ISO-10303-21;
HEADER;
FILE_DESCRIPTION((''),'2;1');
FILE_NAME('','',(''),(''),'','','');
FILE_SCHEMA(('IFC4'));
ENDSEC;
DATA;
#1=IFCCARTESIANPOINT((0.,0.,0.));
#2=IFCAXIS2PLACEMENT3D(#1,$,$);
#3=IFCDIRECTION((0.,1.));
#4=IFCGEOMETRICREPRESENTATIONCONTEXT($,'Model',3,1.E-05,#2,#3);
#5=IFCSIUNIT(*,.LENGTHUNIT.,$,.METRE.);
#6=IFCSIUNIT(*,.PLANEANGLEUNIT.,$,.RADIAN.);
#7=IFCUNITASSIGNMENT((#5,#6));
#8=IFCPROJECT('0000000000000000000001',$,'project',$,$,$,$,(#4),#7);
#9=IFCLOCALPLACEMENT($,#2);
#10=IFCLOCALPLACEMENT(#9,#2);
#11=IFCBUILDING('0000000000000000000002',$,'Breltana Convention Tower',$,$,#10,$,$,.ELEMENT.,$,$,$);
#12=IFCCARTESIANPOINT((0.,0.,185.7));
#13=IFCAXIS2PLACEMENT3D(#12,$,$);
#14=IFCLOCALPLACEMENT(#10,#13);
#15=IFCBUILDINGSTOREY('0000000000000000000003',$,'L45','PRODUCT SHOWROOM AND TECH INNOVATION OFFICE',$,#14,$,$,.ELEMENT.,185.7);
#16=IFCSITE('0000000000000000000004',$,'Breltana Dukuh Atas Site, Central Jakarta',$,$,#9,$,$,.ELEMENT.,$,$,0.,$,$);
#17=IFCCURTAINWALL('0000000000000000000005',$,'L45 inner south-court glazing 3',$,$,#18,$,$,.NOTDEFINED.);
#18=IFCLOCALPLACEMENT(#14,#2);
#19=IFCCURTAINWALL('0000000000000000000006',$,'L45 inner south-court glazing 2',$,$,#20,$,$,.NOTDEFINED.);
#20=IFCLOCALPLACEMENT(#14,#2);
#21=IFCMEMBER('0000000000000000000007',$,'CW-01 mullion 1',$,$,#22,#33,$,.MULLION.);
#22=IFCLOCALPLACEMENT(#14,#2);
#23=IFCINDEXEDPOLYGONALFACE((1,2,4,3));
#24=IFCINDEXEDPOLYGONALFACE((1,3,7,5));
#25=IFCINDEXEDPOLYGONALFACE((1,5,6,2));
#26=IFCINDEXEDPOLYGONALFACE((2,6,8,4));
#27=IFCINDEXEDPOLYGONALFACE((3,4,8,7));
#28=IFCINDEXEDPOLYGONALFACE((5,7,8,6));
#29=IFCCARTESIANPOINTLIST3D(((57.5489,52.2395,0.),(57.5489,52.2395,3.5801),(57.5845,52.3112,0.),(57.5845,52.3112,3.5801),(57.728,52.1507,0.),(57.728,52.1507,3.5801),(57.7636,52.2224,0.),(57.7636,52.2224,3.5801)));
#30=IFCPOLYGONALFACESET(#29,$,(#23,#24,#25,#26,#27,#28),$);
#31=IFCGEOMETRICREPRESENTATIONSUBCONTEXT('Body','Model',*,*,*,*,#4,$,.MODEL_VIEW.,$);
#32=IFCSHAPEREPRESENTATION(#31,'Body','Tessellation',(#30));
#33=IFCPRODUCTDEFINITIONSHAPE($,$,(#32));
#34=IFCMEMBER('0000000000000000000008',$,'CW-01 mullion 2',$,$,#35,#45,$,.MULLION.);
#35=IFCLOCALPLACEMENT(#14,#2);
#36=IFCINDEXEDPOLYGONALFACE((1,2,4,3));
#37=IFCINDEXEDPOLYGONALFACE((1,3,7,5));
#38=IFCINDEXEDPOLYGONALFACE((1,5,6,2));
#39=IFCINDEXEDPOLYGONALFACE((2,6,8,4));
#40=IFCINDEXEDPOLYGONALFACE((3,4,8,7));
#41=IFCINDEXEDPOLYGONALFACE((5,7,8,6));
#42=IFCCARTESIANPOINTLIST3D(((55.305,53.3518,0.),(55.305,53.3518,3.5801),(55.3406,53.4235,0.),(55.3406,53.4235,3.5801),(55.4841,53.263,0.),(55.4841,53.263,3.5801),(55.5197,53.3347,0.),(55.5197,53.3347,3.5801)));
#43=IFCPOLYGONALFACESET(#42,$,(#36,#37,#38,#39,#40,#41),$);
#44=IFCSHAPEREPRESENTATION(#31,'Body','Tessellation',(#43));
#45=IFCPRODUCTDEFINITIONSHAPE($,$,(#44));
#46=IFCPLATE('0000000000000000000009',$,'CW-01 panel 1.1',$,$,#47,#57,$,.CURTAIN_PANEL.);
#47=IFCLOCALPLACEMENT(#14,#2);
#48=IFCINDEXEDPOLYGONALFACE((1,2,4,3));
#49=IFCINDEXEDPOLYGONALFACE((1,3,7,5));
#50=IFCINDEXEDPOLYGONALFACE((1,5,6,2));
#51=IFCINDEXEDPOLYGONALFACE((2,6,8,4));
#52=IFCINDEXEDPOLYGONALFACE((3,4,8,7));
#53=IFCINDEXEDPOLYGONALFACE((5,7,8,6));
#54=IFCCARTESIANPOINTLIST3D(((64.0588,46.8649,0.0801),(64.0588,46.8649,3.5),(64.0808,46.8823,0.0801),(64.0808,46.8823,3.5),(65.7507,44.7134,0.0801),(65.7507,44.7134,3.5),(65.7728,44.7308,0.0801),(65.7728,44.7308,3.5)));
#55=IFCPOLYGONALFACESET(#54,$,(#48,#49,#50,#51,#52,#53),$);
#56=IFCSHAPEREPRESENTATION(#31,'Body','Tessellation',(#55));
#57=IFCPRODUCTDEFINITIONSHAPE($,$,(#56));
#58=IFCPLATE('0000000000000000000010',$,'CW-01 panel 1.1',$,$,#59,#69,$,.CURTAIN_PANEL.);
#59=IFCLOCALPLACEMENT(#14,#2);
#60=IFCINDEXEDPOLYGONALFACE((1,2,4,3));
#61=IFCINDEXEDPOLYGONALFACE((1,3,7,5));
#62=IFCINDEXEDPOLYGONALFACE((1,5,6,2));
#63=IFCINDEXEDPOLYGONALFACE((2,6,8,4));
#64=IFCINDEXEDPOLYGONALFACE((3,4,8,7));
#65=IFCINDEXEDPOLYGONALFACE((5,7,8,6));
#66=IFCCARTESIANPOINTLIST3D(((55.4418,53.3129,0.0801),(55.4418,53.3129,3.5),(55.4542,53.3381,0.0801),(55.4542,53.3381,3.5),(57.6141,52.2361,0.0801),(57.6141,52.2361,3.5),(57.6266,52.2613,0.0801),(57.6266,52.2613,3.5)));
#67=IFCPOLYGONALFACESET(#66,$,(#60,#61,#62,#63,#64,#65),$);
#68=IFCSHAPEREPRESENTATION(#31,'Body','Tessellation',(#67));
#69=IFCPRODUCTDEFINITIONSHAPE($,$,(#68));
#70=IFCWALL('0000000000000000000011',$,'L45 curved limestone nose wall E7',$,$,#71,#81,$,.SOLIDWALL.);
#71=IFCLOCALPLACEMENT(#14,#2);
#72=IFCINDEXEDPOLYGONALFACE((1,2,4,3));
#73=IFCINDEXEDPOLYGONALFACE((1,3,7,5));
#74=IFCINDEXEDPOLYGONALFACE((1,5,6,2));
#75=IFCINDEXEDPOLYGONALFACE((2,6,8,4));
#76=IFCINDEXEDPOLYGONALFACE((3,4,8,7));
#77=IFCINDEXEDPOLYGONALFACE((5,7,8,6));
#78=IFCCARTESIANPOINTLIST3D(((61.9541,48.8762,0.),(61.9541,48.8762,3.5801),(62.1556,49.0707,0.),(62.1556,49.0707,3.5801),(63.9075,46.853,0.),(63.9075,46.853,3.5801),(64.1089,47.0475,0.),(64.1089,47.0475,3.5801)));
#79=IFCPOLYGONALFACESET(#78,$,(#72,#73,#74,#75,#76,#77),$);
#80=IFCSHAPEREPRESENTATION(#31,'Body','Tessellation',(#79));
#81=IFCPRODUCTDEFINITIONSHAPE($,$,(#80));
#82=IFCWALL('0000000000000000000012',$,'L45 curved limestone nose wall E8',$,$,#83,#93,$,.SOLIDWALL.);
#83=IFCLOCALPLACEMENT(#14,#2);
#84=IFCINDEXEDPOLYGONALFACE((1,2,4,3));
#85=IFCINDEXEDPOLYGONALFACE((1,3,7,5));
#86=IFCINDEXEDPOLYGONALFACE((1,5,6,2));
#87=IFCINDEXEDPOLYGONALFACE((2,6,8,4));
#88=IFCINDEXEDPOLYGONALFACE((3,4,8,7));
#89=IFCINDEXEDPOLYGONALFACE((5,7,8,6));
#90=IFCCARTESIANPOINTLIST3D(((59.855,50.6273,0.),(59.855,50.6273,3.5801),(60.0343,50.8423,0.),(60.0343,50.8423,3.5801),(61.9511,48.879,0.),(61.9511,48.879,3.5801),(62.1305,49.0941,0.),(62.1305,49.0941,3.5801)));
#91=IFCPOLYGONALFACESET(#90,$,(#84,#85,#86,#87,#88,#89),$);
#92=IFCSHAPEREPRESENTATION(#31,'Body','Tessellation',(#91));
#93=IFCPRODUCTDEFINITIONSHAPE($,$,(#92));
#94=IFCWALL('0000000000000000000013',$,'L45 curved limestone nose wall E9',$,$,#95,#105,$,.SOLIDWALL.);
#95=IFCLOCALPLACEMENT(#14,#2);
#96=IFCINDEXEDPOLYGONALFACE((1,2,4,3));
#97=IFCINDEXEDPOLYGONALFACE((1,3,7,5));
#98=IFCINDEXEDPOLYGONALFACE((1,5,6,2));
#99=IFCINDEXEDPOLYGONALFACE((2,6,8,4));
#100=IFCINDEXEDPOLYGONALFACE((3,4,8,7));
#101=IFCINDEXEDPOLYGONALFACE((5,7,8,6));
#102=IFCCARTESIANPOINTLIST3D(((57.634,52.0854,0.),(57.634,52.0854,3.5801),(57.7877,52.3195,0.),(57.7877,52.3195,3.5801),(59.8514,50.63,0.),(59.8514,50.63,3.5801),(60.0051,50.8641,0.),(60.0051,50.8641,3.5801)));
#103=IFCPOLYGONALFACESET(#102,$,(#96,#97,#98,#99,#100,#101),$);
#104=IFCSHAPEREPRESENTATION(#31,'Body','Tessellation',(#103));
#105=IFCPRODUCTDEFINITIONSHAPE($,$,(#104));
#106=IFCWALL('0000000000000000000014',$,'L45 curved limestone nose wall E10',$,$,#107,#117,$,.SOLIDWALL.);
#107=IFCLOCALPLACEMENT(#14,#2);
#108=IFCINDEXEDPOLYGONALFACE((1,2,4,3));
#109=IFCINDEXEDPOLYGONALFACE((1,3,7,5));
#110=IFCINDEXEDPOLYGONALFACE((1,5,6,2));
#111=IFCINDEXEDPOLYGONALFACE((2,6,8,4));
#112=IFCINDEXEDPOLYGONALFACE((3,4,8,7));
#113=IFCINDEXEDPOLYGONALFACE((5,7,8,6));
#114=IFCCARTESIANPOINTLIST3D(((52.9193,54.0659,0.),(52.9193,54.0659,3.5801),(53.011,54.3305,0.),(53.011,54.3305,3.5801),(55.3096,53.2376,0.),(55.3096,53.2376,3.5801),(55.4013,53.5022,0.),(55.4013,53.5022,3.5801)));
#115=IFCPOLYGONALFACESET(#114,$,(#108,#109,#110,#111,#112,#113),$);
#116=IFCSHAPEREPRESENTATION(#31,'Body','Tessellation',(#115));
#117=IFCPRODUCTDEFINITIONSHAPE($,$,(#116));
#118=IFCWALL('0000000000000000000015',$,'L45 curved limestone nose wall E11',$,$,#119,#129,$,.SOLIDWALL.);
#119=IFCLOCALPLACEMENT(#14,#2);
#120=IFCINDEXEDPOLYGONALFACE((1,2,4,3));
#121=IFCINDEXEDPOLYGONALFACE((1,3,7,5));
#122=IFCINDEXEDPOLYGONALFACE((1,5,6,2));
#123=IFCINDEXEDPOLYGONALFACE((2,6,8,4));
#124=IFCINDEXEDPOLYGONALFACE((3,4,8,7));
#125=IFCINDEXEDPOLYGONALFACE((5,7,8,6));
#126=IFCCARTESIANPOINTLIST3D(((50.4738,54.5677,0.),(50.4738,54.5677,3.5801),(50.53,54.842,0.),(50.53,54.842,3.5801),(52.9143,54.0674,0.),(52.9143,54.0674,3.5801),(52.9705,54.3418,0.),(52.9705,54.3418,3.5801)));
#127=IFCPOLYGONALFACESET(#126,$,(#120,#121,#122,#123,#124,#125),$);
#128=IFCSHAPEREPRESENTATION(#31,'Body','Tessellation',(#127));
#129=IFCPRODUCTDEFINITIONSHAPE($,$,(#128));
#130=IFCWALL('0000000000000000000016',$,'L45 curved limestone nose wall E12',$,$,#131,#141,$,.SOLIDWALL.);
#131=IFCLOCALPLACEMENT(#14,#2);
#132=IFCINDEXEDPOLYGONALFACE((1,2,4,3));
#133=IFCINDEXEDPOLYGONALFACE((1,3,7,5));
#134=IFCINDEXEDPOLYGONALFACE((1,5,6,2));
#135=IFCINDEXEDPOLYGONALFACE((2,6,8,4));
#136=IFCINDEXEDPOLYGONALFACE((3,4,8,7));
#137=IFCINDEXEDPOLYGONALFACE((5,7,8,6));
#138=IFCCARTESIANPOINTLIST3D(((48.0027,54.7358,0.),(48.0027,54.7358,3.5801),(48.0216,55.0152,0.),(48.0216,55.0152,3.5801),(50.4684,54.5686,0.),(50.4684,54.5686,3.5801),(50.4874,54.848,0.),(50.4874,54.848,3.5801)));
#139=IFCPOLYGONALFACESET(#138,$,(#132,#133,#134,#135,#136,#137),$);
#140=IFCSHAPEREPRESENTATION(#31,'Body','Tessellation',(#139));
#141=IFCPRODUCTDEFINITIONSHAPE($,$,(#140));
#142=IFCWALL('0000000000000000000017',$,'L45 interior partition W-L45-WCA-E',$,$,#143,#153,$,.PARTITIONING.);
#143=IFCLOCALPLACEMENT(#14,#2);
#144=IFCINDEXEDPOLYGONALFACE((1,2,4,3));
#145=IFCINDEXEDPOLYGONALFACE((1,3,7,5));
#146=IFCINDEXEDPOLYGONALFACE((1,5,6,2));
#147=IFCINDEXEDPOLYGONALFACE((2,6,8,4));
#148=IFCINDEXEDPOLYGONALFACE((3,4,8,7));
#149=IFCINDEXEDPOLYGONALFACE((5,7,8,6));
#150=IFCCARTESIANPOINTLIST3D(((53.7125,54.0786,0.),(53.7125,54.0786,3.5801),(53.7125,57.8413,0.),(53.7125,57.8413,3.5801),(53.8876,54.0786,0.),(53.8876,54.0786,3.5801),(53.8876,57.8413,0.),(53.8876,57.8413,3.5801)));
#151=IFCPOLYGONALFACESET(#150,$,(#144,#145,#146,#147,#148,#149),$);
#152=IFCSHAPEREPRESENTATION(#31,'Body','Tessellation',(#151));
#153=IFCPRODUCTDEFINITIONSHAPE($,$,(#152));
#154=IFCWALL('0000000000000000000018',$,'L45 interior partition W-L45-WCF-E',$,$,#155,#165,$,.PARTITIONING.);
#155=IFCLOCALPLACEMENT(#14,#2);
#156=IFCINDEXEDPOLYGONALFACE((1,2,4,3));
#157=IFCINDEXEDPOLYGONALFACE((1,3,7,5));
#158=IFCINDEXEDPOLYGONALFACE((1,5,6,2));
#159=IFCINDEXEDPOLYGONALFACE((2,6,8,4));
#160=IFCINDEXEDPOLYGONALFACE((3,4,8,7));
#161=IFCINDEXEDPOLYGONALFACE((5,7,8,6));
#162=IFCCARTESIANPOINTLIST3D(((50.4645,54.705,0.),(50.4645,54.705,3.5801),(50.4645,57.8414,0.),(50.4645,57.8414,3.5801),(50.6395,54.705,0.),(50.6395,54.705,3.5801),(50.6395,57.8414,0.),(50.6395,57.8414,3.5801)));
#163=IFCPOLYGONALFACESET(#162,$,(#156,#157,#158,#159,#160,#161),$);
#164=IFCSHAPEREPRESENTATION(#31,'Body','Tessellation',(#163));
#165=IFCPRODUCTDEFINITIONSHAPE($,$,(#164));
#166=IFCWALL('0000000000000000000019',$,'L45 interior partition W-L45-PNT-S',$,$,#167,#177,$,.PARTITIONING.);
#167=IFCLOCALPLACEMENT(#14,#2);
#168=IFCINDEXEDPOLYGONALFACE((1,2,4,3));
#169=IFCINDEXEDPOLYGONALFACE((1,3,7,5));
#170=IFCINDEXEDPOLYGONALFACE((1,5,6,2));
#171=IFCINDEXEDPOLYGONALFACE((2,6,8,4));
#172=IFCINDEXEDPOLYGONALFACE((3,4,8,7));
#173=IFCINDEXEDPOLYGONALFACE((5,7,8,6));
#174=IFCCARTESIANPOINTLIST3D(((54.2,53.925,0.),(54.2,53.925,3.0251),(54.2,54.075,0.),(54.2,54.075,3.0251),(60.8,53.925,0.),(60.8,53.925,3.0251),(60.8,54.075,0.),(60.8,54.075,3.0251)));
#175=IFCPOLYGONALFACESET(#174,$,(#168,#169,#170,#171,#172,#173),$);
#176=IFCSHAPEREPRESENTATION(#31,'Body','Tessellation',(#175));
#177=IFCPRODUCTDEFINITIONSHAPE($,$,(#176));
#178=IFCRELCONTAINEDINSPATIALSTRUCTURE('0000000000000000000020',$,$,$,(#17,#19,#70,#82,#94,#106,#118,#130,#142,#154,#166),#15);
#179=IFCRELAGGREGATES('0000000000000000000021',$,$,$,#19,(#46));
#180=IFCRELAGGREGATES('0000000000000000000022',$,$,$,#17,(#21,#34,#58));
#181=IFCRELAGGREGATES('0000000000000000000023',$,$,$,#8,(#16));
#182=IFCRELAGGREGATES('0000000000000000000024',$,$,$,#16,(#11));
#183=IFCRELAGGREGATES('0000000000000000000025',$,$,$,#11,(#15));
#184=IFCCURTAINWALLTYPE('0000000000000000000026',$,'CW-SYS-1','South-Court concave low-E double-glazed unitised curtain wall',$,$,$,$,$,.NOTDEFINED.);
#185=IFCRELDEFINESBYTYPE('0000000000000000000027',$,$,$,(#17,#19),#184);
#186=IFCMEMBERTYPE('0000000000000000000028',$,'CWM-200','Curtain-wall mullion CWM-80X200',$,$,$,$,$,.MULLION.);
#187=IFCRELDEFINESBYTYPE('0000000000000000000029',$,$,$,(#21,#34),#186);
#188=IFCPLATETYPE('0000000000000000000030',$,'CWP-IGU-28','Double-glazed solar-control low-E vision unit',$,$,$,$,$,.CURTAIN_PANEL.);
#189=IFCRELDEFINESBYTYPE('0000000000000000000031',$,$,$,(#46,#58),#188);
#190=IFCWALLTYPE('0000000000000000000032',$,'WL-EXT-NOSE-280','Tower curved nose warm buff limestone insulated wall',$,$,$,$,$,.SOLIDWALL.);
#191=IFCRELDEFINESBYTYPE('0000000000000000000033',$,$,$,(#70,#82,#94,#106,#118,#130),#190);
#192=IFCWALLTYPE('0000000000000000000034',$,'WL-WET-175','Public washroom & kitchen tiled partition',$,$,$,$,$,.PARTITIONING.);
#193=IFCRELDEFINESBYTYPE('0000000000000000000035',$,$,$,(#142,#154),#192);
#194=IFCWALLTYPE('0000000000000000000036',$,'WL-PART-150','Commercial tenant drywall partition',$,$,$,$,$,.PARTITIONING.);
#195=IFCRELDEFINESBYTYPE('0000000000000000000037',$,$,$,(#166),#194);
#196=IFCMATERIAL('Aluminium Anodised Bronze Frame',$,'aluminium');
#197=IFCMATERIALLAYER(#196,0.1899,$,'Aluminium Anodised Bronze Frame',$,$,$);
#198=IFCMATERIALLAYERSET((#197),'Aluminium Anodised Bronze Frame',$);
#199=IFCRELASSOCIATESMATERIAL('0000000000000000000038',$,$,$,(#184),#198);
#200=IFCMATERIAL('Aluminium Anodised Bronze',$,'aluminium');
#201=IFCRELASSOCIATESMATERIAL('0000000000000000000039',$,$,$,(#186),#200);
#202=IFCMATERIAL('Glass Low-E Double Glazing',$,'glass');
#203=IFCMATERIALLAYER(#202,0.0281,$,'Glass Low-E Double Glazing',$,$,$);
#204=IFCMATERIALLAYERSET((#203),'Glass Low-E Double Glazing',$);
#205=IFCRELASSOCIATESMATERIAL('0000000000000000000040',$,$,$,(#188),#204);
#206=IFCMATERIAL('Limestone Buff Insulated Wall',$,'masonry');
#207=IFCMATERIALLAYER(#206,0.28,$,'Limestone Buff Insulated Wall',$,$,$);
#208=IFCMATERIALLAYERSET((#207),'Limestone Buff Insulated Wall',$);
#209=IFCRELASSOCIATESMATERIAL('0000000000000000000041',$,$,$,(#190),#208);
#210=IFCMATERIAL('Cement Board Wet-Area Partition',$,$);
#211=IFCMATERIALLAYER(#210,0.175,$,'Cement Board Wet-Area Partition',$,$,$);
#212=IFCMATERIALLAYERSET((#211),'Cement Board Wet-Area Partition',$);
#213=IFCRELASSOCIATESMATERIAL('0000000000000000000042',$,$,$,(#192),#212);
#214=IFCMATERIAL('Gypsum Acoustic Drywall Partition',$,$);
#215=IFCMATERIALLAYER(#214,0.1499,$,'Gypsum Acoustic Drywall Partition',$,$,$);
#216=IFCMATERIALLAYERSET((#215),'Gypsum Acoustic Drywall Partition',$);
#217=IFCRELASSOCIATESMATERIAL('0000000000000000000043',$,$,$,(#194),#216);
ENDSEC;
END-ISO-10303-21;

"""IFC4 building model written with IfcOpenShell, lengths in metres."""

from ifc_helpers import new_model, si_unit, direction, frame, frame_2d, origin, origin_2d, place, context, subcontext, project, spatial, rectangle, extrude, source, transform, mapped, material, layer, layer_set, material_profile, profile_set, type_object, element, aggregate, save


model = new_model("IFC4")

# Units and contexts
model_context = context("Model", 3, precision=1e-05, world=origin(), true_north=direction((0.0, 1.0)))
body_context = subcontext(model_context, "Body", "Model", "MODEL_VIEW")
ifc_project = project(units=[si_unit("LENGTHUNIT", "METRE"), si_unit("PLANEANGLEUNIT", "RADIAN")], contexts=[model_context])

# Site, building, storey
site_placement = place(None, origin())
site = spatial("IfcSite", under=ifc_project, at=site_placement, Name="Breltana Dukuh Atas Site, Central Jakarta", CompositionType="ELEMENT", RefElevation=0.0)
building_placement = place(site_placement, origin())
building = spatial("IfcBuilding", under=site, at=building_placement, Name="Breltana Convention Tower", CompositionType="ELEMENT")
storey_placement = place(building_placement, frame((0.0, 0.0, 185.7)))
storey = spatial("IfcBuildingStorey", under=building, at=storey_placement, Name="L45", Description="PRODUCT SHOWROOM AND TECH INNOVATION OFFICE", CompositionType="ELEMENT", Elevation=185.7)

# Curtain wall
ifc_material_1 = material(Name="Aluminium Anodised Bronze Frame", Category="aluminium")
ifc_layer_1 = layer(ifc_material_1, 0.1899, Name="Aluminium Anodised Bronze Frame")
ifc_layer_set_1 = layer_set([ifc_layer_1], Name="Aluminium Anodised Bronze Frame")
curtain_wall_type = type_object("IfcCurtainWallType", Name="CW-SYS-1", Description="South-Court concave low-E double-glazed unitised curtain wall", PredefinedType="NOTDEFINED", material=ifc_layer_set_1)
curtain_wall_1_placement = place(storey_placement, origin())
curtain_wall_1 = element("IfcCurtainWall", 1, at=curtain_wall_1_placement, inside=storey, type_object=curtain_wall_type, Name="L45 inner south-court glazing 3", PredefinedType="NOTDEFINED")
ifc_material_2 = material(Name="Aluminium Anodised Bronze", Category="aluminium")

# Curtain wall
curtain_wall_2_placement = place(storey_placement, origin())
curtain_wall_2 = element("IfcCurtainWall", 2, at=curtain_wall_2_placement, inside=storey, type_object=curtain_wall_type, Name="L45 inner south-court glazing 2", PredefinedType="NOTDEFINED")
ifc_material_profile_1 = material_profile(ifc_material_2, rectangle(XDim=0.0801, YDim=0.2, at=origin_2d()), Name="CWM-80X200")
ifc_profile_set_1 = profile_set([ifc_material_profile_1], Name="Aluminium Anodised Bronze")
member_type_1 = type_object("IfcMemberType", Name="CWM-200", Description="Curtain-wall mullion CWM-80X200", PredefinedType="MULLION", material=ifc_profile_set_1)
shared_shape_1 = source(origin(), body_context, "Body", "SweptSolid", [
    extrude(rectangle(XDim=0.0801, YDim=0.2, at=origin_2d()), origin(), (0.0, 0.0, 1.0), 3.5801),
])

# Members
member_1_placement = place(storey_placement, frame((57.6562, 52.231, 0.0), z_axis=(0.0, 0.0, 1.0), x_axis=(-0.444115, -0.89597, 0.0)))
member_1 = element("IfcMember", 3, at=member_1_placement, type_object=member_type_1, Name="CW-01 mullion 1", PredefinedType="MULLION", context=body_context, shape_type="MappedRepresentation", body=[
    mapped(shared_shape_1, transform((0.0, 0.0, 0.0), scale=1.0)),
])
member_2_placement = place(storey_placement, frame((55.4124, 53.3433, 0.0), z_axis=(0.0, 0.0, 1.0), x_axis=(-0.444115, -0.89597, 0.0)))
member_2 = element("IfcMember", 4, at=member_2_placement, type_object=member_type_1, Name="CW-01 mullion 2", PredefinedType="MULLION", context=body_context, shape_type="MappedRepresentation", body=[
    mapped(shared_shape_1, transform((0.0, 0.0, 0.0), scale=1.0)),
])

# Plates
ifc_material_3 = material(Name="Glass Low-E Double Glazing", Category="glass")
ifc_layer_2 = layer(ifc_material_3, 0.0281, Name="Glass Low-E Double Glazing")
ifc_layer_set_2 = layer_set([ifc_layer_2], Name="Glass Low-E Double Glazing")
plate_type = type_object("IfcPlateType", Name="CWP-IGU-28", Description="Double-glazed solar-control low-E vision unit", PredefinedType="CURTAIN_PANEL", material=ifc_layer_set_2)
shared_shape_2 = source(origin(), body_context, "Body", "SweptSolid", [
    extrude(rectangle(XDim=2.7371, YDim=0.0281, at=origin_2d()), origin(), (0.0, 0.0, 1.0), 3.4199),
])
plate_1_placement = place(storey_placement, frame((64.9158, 45.7979, 0.0801), z_axis=(0.0, 0.0, 1.0), x_axis=(-0.618161, 0.786051, 0.0)))
plate_1 = element("IfcPlate", 5, at=plate_1_placement, type_object=plate_type, Name="CW-01 panel 1.1", PredefinedType="CURTAIN_PANEL", context=body_context, shape_type="MappedRepresentation", body=[
    mapped(shared_shape_2, transform((0.0, 0.0, 0.0), scale=1.0)),
])
aggregate(curtain_wall_2, [plate_1])
shared_shape_3 = source(origin(), body_context, "Body", "SweptSolid", [
    extrude(rectangle(XDim=2.4246, YDim=0.0281, at=origin_2d()), origin(), (0.0, 0.0, 1.0), 3.4199),
])
plate_2_placement = place(storey_placement, frame((56.5342, 52.7871, 0.0801), z_axis=(0.0, 0.0, 1.0), x_axis=(-0.89597, 0.444115, 0.0)))
plate_2 = element("IfcPlate", 6, at=plate_2_placement, type_object=plate_type, Name="CW-01 panel 1.1", PredefinedType="CURTAIN_PANEL", context=body_context, shape_type="MappedRepresentation", body=[
    mapped(shared_shape_3, transform((0.0, 0.0, 0.0), scale=1.0)),
])
aggregate(curtain_wall_1, [member_1, member_2, plate_2])

# Walls
ifc_material_4 = material(Name="Limestone Buff Insulated Wall", Category="masonry")
ifc_layer_3 = layer(ifc_material_4, 0.28, Name="Limestone Buff Insulated Wall")
ifc_layer_set_3 = layer_set([ifc_layer_3], Name="Limestone Buff Insulated Wall")
wall_type_1 = type_object("IfcWallType", Name="WL-EXT-NOSE-280", Description="Tower curved nose warm buff limestone insulated wall", PredefinedType="SOLIDWALL", material=ifc_layer_set_3)
shared_shape_4 = source(origin(), body_context, "Body", "SweptSolid", [
    extrude(rectangle(XDim=2.8123, YDim=0.28, at=frame_2d((1.4062, 0.0))), origin(), (0.0, 0.0, 1.0), 3.5801),
])
wall_1_placement = place(storey_placement, frame((64.0083, 46.9502, 0.0), z_axis=(0.0, 0.0, 1.0), x_axis=(-0.694584, 0.719412, 0.0)))
element("IfcWall", 7, at=wall_1_placement, inside=storey, type_object=wall_type_1, Name="L45 curved limestone nose wall E7", PredefinedType="SOLIDWALL", context=body_context, shape_type="MappedRepresentation", body=[
    mapped(shared_shape_4, transform((0.0, 0.0, 0.0), scale=1.0)),
])
shared_shape_5 = source(origin(), body_context, "Body", "SweptSolid", [
    extrude(rectangle(XDim=2.7295, YDim=0.28, at=frame_2d((1.3647, 0.0))), origin(), (0.0, 0.0, 1.0), 3.5801),
])
wall_2_placement = place(storey_placement, frame((62.0408, 48.9866, 0.0), z_axis=(0.0, 0.0, 1.0), x_axis=(-0.767957, 0.640501, 0.0)))
element("IfcWall", 8, at=wall_2_placement, inside=storey, type_object=wall_type_1, Name="L45 curved limestone nose wall E8", PredefinedType="SOLIDWALL", context=body_context, shape_type="MappedRepresentation", body=[
    mapped(shared_shape_5, transform((0.0, 0.0, 0.0), scale=1.0)),
])
shared_shape_6 = source(origin(), body_context, "Body", "SweptSolid", [
    extrude(rectangle(XDim=2.6523, YDim=0.28, at=frame_2d((1.3262, 0.0))), origin(), (0.0, 0.0, 1.0), 3.5801),
])
wall_3_placement = place(storey_placement, frame((59.9282, 50.7471, 0.0), z_axis=(0.0, 0.0, 1.0), x_axis=(-0.836008, 0.548717, 0.0)))
element("IfcWall", 9, at=wall_3_placement, inside=storey, type_object=wall_type_1, Name="L45 curved limestone nose wall E9", PredefinedType="SOLIDWALL", context=body_context, shape_type="MappedRepresentation", body=[
    mapped(shared_shape_6, transform((0.0, 0.0, 0.0), scale=1.0)),
])
shared_shape_7 = source(origin(), body_context, "Body", "SweptSolid", [
    extrude(rectangle(XDim=2.5298, YDim=0.28, at=frame_2d((1.2649, 0.0))), origin(), (0.0, 0.0, 1.0), 3.5801),
])
wall_4_placement = place(storey_placement, frame((55.3555, 53.3699, 0.0), z_axis=(0.0, 0.0, 1.0), x_axis=(-0.944872, 0.327439, 0.0)))
element("IfcWall", 10, at=wall_4_placement, inside=storey, type_object=wall_type_1, Name="L45 curved limestone nose wall E10", PredefinedType="SOLIDWALL", context=body_context, shape_type="MappedRepresentation", body=[
    mapped(shared_shape_7, transform((0.0, 0.0, 0.0), scale=1.0)),
])
shared_shape_8 = source(origin(), body_context, "Body", "SweptSolid", [
    extrude(rectangle(XDim=2.4912, YDim=0.28, at=frame_2d((1.2456, 0.0))), origin(), (0.0, 0.0, 1.0), 3.5801),
])
wall_5_placement = place(storey_placement, frame((52.9424, 54.2046, 0.0), z_axis=(0.0, 0.0, 1.0), x_axis=(-0.979631, 0.200807, 0.0)))
element("IfcWall", 11, at=wall_5_placement, inside=storey, type_object=wall_type_1, Name="L45 curved limestone nose wall E11", PredefinedType="SOLIDWALL", context=body_context, shape_type="MappedRepresentation", body=[
    mapped(shared_shape_8, transform((0.0, 0.0, 0.0), scale=1.0)),
])
shared_shape_9 = source(origin(), body_context, "Body", "SweptSolid", [
    extrude(rectangle(XDim=2.4714, YDim=0.28, at=frame_2d((1.2358, 0.0))), origin(), (0.0, 0.0, 1.0), 3.5801),
])
wall_6_placement = place(storey_placement, frame((50.478, 54.7083, 0.0), z_axis=(0.0, 0.0, 1.0), x_axis=(-0.997708, 0.067666, 0.0)))
element("IfcWall", 12, at=wall_6_placement, inside=storey, type_object=wall_type_1, Name="L45 curved limestone nose wall E12", PredefinedType="SOLIDWALL", context=body_context, shape_type="MappedRepresentation", body=[
    mapped(shared_shape_9, transform((0.0, 0.0, 0.0), scale=1.0)),
])
ifc_material_5 = material(Name="Cement Board Wet-Area Partition")
ifc_layer_4 = layer(ifc_material_5, 0.175, Name="Cement Board Wet-Area Partition")
ifc_layer_set_4 = layer_set([ifc_layer_4], Name="Cement Board Wet-Area Partition")
wall_type_2 = type_object("IfcWallType", Name="WL-WET-175", Description="Public washroom & kitchen tiled partition", PredefinedType="PARTITIONING", material=ifc_layer_set_4)
shared_shape_10 = source(origin(), body_context, "Body", "SweptSolid", [
    extrude(rectangle(XDim=3.7627, YDim=0.175, at=frame_2d((1.8813, 0.0))), origin(), (0.0, 0.0, 1.0), 3.5801),
])
wall_7_placement = place(storey_placement, frame((53.8, 54.0786, 0.0), z_axis=(0.0, 0.0, 1.0), x_axis=(0.0, 1.0, 0.0)))
element("IfcWall", 13, at=wall_7_placement, inside=storey, type_object=wall_type_2, Name="L45 interior partition W-L45-WCA-E", PredefinedType="PARTITIONING", context=body_context, shape_type="MappedRepresentation", body=[
    mapped(shared_shape_10, transform((0.0, 0.0, 0.0), scale=1.0)),
])
shared_shape_11 = source(origin(), body_context, "Body", "SweptSolid", [
    extrude(rectangle(XDim=3.1365, YDim=0.175, at=frame_2d((1.5684, 0.0))), origin(), (0.0, 0.0, 1.0), 3.5801),
])
wall_8_placement = place(storey_placement, frame((50.552, 54.7048, 0.0), z_axis=(0.0, 0.0, 1.0), x_axis=(0.0, 1.0, 0.0)))
element("IfcWall", 14, at=wall_8_placement, inside=storey, type_object=wall_type_2, Name="L45 interior partition W-L45-WCF-E", PredefinedType="PARTITIONING", context=body_context, shape_type="MappedRepresentation", body=[
    mapped(shared_shape_11, transform((0.0, 0.0, 0.0), scale=1.0)),
])

# Wall
ifc_material_6 = material(Name="Gypsum Acoustic Drywall Partition")
ifc_layer_5 = layer(ifc_material_6, 0.1499, Name="Gypsum Acoustic Drywall Partition")
ifc_layer_set_5 = layer_set([ifc_layer_5], Name="Gypsum Acoustic Drywall Partition")
wall_type_3 = type_object("IfcWallType", Name="WL-PART-150", Description="Commercial tenant drywall partition", PredefinedType="PARTITIONING", material=ifc_layer_set_5)
shared_shape_12 = source(origin(), body_context, "Body", "SweptSolid", [
    extrude(rectangle(XDim=6.6001, YDim=0.1499, at=frame_2d((3.3, 0.0))), origin(), (0.0, 0.0, 1.0), 3.0251),
])
wall_9_placement = place(storey_placement, frame((54.2, 54.0, 0.0), z_axis=(0.0, 0.0, 1.0), x_axis=(1.0, 0.0, 0.0)))
element("IfcWall", 15, at=wall_9_placement, inside=storey, type_object=wall_type_3, Name="L45 interior partition W-L45-PNT-S", PredefinedType="PARTITIONING", context=body_context, shape_type="MappedRepresentation", body=[
    mapped(shared_shape_12, transform((0.0, 0.0, 0.0), scale=1.0)),
])

save(model, "model.ifc")
